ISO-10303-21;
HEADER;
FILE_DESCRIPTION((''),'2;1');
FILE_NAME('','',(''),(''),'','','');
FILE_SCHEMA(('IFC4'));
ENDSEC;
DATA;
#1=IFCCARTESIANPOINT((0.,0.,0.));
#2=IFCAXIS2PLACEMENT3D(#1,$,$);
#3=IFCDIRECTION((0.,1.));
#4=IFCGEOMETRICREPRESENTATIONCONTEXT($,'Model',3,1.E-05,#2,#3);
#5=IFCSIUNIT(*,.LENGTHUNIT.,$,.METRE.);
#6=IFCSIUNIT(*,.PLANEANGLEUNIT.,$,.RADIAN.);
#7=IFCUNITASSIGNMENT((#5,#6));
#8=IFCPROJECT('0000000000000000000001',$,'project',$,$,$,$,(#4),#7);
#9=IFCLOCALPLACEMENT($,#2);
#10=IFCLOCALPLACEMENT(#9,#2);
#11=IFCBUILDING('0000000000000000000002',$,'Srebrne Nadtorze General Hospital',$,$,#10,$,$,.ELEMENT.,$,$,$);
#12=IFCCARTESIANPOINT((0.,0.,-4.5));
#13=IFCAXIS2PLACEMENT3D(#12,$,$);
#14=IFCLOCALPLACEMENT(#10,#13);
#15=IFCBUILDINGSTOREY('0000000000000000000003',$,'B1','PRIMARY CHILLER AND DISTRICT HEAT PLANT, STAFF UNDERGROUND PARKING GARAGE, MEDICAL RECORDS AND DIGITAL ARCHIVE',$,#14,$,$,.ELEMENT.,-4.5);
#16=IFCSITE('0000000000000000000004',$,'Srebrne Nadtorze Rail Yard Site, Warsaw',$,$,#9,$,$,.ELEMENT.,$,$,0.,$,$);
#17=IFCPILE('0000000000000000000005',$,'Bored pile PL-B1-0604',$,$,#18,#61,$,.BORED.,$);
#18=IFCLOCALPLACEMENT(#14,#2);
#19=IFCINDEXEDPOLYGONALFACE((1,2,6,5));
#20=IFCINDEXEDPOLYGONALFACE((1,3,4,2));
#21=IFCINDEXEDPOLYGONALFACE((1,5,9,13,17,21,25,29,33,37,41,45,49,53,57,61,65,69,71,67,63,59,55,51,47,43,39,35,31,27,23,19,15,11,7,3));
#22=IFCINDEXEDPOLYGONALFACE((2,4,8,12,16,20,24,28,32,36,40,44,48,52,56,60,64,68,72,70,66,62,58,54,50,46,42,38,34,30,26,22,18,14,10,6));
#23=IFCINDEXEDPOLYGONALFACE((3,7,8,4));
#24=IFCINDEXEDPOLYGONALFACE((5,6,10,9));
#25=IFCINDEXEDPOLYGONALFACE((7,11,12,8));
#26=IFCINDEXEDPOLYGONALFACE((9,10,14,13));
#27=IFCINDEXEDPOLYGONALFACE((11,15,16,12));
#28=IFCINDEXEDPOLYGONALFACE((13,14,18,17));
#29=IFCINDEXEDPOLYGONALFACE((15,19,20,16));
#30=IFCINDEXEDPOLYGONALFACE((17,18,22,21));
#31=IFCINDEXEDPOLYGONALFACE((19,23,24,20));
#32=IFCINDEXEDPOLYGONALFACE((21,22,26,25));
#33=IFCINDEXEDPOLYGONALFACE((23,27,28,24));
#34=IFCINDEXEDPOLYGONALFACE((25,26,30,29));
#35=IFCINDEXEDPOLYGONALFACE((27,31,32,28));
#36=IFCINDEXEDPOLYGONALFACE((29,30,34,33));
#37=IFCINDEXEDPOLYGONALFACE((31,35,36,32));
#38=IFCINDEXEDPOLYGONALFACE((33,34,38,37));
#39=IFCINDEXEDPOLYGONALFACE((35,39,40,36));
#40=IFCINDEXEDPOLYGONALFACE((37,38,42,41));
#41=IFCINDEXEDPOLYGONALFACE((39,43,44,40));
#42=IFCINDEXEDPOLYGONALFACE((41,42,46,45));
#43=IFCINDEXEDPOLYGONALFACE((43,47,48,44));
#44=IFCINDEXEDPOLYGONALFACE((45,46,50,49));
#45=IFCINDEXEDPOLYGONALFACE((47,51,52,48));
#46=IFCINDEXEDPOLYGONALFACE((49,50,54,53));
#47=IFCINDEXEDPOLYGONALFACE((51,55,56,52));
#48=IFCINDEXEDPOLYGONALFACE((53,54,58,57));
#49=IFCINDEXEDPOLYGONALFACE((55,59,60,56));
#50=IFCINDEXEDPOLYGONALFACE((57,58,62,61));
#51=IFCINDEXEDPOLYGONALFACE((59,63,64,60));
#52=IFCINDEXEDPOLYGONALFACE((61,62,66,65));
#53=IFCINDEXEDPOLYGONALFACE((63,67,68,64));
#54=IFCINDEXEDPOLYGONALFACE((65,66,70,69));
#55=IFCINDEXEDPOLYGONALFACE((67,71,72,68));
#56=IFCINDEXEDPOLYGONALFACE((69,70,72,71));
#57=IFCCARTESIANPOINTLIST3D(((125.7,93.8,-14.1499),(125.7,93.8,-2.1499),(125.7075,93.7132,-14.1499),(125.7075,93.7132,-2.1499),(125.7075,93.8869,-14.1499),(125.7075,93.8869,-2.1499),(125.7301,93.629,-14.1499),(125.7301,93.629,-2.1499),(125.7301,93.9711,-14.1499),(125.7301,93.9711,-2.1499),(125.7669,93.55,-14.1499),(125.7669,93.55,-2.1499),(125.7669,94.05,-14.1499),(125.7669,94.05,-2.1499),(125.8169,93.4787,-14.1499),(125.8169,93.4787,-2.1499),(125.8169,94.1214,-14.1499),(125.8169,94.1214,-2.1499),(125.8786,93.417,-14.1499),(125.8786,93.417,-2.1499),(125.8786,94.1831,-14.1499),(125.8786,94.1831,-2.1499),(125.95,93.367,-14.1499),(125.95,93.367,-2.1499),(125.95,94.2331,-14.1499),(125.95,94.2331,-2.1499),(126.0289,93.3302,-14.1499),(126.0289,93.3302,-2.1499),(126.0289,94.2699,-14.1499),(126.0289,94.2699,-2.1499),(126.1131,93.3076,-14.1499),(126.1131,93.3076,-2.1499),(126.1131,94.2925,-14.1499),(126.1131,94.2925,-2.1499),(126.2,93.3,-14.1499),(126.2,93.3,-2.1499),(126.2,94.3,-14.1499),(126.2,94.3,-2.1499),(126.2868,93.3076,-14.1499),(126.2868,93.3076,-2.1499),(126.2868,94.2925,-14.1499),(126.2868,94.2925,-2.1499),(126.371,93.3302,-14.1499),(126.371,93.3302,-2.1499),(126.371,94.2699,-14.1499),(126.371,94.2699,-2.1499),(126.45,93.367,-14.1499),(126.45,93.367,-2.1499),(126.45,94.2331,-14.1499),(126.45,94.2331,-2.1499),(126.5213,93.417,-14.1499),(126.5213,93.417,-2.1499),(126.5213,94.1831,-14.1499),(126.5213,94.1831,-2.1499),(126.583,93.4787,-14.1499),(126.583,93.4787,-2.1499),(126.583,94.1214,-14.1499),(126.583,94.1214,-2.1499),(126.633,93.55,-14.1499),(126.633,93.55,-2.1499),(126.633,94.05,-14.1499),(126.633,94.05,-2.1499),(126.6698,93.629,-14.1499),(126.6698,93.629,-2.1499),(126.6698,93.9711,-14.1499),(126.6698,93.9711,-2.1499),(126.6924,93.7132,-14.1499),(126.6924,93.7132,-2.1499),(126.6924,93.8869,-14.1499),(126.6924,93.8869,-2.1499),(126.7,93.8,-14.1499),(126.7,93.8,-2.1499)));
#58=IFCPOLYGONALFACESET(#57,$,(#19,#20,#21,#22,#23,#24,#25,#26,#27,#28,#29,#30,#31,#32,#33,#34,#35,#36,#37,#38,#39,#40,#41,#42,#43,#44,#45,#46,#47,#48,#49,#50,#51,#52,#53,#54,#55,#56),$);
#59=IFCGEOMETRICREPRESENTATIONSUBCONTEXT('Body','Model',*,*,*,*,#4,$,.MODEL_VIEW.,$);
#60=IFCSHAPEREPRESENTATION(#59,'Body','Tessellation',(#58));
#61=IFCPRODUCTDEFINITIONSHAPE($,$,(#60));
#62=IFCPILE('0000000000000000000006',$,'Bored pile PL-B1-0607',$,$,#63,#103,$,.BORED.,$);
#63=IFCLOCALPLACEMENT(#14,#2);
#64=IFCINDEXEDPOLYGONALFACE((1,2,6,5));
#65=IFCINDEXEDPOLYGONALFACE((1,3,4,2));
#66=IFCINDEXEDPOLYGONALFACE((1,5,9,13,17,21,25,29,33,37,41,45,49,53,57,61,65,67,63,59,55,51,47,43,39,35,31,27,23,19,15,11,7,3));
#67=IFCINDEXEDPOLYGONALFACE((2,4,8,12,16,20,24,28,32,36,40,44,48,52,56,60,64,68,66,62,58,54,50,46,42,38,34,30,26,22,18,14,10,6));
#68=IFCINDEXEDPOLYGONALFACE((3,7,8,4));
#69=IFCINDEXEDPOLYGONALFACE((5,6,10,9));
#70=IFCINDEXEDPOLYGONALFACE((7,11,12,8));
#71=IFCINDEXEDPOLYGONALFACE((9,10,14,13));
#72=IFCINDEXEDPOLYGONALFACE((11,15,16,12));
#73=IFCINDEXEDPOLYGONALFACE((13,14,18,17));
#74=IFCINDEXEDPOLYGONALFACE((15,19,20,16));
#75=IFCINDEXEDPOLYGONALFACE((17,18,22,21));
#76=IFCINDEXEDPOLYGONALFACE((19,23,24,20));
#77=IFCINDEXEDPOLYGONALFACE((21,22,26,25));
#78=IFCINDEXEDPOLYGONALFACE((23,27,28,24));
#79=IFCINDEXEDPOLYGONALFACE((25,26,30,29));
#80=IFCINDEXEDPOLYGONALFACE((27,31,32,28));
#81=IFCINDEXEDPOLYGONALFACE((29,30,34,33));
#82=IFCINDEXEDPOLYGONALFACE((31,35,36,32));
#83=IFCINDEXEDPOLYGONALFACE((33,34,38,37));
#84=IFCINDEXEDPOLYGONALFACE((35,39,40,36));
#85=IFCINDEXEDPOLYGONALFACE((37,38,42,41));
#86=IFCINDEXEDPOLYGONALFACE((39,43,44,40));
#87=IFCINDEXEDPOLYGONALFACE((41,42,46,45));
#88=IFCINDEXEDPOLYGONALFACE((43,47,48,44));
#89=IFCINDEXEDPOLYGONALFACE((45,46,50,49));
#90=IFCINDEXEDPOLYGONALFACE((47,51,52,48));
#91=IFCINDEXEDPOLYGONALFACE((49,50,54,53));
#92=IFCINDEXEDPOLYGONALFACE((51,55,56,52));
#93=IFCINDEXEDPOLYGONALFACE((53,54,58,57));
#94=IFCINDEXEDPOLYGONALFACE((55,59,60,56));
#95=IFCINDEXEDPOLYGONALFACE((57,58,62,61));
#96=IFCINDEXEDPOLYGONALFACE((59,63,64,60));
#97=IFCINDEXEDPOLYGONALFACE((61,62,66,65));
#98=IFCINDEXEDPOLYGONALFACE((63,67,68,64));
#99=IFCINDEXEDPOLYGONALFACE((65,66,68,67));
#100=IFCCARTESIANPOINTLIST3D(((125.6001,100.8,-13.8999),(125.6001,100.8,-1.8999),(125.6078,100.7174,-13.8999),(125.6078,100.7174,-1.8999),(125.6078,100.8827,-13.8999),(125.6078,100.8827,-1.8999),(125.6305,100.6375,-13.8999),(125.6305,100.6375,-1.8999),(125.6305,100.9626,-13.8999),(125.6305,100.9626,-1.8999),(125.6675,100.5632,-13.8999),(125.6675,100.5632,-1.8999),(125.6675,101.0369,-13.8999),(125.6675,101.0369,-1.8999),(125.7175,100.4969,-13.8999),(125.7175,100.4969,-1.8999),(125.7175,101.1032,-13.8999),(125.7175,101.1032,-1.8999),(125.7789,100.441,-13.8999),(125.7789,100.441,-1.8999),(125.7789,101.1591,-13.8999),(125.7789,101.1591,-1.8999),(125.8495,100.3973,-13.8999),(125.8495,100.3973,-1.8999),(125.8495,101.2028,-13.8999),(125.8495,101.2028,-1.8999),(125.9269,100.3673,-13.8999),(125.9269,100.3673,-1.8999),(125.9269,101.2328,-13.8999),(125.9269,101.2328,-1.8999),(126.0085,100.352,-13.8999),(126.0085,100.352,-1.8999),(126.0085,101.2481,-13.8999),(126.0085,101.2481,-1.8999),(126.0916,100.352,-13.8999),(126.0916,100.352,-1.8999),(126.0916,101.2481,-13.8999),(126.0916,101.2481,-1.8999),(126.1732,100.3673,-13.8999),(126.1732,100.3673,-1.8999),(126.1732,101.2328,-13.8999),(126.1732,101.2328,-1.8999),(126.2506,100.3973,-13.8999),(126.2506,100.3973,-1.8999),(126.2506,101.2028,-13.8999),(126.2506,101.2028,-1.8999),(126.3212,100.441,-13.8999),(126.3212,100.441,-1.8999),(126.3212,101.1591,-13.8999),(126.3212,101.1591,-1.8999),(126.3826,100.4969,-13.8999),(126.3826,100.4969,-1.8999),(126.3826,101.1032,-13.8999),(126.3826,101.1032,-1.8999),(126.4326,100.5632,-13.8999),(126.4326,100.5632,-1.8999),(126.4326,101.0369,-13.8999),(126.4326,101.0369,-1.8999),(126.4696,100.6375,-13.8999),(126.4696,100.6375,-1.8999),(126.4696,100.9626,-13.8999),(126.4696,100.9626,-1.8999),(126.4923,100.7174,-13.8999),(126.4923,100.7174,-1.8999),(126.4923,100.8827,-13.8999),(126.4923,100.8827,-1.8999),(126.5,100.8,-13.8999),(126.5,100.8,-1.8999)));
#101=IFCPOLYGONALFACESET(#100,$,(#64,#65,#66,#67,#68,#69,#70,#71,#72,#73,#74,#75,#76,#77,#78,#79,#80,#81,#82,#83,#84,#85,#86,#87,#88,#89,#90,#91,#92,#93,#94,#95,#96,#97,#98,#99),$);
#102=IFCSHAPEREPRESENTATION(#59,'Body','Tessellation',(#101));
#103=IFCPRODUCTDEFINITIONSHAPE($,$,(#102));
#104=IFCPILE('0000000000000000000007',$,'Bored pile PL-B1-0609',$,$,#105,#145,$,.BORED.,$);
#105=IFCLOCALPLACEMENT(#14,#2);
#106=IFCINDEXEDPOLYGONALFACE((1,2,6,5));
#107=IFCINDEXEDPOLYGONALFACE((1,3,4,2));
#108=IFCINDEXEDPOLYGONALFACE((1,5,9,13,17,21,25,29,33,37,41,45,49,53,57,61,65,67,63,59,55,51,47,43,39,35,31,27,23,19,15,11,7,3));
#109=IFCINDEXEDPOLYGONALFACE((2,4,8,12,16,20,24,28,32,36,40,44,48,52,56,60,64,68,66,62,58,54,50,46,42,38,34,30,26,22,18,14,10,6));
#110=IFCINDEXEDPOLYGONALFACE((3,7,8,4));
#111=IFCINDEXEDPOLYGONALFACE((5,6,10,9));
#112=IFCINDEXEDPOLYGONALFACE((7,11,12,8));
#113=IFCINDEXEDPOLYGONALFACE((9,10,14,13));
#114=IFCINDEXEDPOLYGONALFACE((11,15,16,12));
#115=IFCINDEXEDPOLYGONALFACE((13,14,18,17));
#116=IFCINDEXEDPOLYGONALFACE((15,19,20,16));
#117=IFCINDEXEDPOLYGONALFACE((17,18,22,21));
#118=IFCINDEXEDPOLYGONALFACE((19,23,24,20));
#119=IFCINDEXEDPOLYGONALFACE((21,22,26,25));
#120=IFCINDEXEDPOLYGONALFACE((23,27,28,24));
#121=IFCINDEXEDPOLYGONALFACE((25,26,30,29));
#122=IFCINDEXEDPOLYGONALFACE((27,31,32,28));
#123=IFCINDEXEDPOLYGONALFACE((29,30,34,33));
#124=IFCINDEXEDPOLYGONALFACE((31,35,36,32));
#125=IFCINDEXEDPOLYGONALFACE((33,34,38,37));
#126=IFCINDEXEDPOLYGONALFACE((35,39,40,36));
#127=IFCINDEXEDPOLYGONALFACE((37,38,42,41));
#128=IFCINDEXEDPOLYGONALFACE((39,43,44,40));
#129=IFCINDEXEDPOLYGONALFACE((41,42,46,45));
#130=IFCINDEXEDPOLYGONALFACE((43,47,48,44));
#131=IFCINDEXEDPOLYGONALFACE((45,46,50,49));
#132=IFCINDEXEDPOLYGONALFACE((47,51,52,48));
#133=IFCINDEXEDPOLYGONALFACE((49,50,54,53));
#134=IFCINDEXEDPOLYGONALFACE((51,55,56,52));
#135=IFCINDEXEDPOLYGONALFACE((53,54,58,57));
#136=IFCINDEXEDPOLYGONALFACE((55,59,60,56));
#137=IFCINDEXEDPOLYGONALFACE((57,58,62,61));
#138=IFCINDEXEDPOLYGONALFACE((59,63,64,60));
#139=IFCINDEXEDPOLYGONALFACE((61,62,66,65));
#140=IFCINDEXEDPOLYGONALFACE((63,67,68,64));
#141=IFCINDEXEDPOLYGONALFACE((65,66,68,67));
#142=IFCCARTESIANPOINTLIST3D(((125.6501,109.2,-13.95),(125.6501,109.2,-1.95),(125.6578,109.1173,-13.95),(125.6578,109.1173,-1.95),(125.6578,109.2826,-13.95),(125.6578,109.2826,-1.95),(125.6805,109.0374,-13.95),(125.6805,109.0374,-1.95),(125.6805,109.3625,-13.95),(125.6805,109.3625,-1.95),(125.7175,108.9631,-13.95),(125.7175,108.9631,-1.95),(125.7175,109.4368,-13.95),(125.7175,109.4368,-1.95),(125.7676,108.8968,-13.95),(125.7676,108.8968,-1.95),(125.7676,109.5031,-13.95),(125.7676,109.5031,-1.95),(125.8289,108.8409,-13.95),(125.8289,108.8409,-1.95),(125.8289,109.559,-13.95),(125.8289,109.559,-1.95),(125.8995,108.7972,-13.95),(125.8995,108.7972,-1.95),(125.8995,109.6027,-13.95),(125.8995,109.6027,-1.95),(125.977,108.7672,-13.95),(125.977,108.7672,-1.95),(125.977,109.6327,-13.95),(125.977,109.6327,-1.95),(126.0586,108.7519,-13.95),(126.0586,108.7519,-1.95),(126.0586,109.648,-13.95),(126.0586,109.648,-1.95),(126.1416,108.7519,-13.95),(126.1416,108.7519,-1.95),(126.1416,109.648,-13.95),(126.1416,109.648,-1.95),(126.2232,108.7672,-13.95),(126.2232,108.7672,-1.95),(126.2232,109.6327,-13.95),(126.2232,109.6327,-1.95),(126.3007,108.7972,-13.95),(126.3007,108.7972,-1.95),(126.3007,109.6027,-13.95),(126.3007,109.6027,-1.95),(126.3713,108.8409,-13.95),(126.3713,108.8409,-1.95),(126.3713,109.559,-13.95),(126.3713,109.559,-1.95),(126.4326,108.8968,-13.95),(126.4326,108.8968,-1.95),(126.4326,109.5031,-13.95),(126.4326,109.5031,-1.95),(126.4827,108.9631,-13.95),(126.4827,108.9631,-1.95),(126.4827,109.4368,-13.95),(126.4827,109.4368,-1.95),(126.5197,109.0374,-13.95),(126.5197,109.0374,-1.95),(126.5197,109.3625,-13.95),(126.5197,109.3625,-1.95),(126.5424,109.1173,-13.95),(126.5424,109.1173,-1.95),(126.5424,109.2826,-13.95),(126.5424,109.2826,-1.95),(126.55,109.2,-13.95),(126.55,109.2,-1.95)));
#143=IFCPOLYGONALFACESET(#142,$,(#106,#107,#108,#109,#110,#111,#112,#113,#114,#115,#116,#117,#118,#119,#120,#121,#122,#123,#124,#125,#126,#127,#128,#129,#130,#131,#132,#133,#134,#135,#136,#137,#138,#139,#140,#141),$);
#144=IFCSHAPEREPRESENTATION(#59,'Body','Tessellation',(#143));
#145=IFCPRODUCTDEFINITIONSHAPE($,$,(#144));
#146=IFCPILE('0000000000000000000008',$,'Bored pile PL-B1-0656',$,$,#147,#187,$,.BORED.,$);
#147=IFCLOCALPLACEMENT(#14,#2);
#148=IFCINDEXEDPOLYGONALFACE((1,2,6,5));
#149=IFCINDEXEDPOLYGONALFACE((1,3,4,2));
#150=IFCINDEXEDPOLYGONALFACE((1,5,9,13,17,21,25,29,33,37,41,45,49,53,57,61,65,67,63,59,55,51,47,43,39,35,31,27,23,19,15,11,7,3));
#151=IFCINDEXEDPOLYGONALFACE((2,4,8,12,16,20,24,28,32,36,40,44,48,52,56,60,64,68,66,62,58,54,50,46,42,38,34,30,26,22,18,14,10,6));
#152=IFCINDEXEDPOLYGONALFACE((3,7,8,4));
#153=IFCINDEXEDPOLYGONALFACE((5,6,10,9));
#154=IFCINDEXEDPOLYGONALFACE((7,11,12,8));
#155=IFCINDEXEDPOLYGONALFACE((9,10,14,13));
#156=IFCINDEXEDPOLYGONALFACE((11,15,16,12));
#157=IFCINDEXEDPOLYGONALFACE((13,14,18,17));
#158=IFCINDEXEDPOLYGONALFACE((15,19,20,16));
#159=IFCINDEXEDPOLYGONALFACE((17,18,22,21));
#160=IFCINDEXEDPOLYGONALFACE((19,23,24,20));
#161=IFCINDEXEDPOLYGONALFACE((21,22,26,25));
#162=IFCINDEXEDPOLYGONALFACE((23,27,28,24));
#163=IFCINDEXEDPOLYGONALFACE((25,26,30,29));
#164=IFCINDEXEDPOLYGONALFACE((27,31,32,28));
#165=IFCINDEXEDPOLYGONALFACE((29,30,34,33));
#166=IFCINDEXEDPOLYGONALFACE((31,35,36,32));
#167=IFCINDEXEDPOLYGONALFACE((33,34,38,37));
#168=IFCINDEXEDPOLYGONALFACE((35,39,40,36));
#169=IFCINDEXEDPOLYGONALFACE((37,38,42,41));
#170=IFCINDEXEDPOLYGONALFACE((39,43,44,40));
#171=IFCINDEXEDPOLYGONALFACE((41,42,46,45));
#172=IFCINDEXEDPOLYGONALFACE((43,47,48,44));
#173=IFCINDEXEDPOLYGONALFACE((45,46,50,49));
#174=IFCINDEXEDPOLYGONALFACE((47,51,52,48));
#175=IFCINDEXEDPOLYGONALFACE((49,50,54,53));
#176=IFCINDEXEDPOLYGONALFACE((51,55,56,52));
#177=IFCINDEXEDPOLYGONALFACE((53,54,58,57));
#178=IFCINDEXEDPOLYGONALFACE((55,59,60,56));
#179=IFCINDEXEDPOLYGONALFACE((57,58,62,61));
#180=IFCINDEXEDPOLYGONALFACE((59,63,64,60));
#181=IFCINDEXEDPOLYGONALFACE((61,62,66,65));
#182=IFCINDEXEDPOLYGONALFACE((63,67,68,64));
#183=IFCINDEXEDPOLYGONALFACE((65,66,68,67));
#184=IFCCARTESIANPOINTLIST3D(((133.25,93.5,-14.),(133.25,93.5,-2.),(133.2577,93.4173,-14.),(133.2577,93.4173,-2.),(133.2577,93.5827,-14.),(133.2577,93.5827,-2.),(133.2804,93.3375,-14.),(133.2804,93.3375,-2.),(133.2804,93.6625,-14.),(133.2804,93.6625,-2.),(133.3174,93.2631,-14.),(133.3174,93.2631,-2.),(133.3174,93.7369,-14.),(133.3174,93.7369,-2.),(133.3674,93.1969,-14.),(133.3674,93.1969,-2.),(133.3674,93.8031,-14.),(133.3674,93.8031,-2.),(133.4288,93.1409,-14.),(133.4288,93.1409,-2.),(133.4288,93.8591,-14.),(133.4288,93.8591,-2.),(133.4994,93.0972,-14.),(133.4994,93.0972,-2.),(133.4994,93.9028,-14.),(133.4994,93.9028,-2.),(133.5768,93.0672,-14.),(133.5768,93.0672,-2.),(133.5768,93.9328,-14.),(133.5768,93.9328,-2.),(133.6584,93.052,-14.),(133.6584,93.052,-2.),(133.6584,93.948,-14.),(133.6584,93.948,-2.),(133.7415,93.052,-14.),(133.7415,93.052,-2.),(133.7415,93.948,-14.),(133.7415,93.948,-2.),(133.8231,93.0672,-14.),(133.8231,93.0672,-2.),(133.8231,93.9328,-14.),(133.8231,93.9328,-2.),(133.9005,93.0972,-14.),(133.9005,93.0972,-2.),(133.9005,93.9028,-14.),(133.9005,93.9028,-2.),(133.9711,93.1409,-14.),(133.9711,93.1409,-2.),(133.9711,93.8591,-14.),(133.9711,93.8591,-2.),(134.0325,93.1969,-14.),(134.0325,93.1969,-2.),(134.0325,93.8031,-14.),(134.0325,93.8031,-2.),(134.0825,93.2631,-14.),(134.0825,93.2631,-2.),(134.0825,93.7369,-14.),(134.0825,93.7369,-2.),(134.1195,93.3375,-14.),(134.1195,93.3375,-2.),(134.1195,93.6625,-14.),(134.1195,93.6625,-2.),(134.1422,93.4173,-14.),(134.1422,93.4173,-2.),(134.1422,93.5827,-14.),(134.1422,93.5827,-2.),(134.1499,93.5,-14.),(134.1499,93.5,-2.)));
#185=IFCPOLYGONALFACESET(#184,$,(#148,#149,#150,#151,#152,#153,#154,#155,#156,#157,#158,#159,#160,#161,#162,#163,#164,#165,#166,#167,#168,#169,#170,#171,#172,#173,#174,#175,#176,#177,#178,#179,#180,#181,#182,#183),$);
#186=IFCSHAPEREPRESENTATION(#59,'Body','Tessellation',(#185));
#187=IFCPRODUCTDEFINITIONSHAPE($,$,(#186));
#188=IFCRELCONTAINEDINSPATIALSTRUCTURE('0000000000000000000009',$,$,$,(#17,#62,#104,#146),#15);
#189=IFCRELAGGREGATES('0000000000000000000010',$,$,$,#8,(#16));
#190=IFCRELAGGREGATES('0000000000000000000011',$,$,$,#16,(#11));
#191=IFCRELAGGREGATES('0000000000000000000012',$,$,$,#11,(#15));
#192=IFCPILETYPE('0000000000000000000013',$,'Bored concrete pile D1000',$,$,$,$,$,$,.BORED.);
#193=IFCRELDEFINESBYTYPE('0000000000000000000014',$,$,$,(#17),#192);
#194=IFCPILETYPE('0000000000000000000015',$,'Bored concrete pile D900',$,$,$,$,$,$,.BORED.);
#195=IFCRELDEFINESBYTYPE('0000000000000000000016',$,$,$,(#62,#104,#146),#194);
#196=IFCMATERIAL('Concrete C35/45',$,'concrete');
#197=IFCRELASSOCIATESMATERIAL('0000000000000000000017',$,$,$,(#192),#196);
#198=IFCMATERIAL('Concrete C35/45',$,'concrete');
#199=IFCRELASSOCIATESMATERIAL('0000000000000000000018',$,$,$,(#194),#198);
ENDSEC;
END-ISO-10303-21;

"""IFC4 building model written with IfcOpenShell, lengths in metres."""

from ifc_helpers import new_model, si_unit, direction, frame, origin, origin_2d, place, context, subcontext, project, spatial, circle, extrude, material, material_profile, profile_set, type_object, element, save


model = new_model("IFC4")

# Units and contexts
model_context = context("Model", 3, precision=1e-05, world=origin(), true_north=direction((0.0, 1.0)))
body_context = subcontext(model_context, "Body", "Model", "MODEL_VIEW")
ifc_project = project(units=[si_unit("LENGTHUNIT", "METRE"), si_unit("PLANEANGLEUNIT", "RADIAN")], contexts=[model_context])

# Site, building, storey
site_placement = place(None, origin())
site = spatial("IfcSite", under=ifc_project, at=site_placement, Name="Srebrne Nadtorze Rail Yard Site, Warsaw", CompositionType="ELEMENT", RefElevation=0.0)
building_placement = place(site_placement, origin())
building = spatial("IfcBuilding", under=site, at=building_placement, Name="Srebrne Nadtorze General Hospital", CompositionType="ELEMENT")
storey_placement = place(building_placement, frame((0.0, 0.0, -4.5)))
storey = spatial("IfcBuildingStorey", under=building, at=storey_placement, Name="B1", Description="PRIMARY CHILLER AND DISTRICT HEAT PLANT, STAFF UNDERGROUND PARKING GARAGE, MEDICAL RECORDS AND DIGITAL ARCHIVE", CompositionType="ELEMENT", Elevation=-4.5)

# Piles
ifc_material_1 = material(Name="Concrete C35/45", Category="concrete")
ifc_material_profile_1 = material_profile(ifc_material_1, circle(Radius=0.5, at=origin_2d()), Name="PILE-D1000")
ifc_profile_set_1 = profile_set([ifc_material_profile_1], Name="Concrete C35/45")
pile_type_1 = type_object("IfcPileType", Name="Bored concrete pile D1000", PredefinedType="BORED", material=ifc_profile_set_1)
pile_placement = place(storey_placement, frame((126.2, 93.8, -2.1499), z_axis=(0.0, 0.0, -1.0), x_axis=(1.0, 0.0, 0.0)))
element("IfcPile", 1, at=pile_placement, inside=storey, type_object=pile_type_1, Name="Bored pile PL-B1-0604", PredefinedType="BORED", context=body_context, shape_type="SweptSolid", body=[
    extrude(circle(Radius=0.5, at=origin_2d()), origin(), (0.0, 0.0, 1.0), 12.0),
])
ifc_material_2 = material(Name="Concrete C35/45", Category="concrete")
ifc_material_profile_2 = material_profile(ifc_material_2, circle(Radius=0.45, at=origin_2d()), Name="PILE-D900")
ifc_profile_set_2 = profile_set([ifc_material_profile_2], Name="Concrete C35/45")
pile_type_2 = type_object("IfcPileType", Name="Bored concrete pile D900", PredefinedType="BORED", material=ifc_profile_set_2)
for number, where, z_axis, x_axis, name in (
    (2, (126.05, 100.8, -1.8999), (0.0, 0.0, -1.0), (1.0, 0.0, 0.0), "Bored pile PL-B1-0607"),
    (3, (126.1001, 109.2, -1.95), (0.0, 0.0, -1.0), (1.0, 0.0, 0.0), "Bored pile PL-B1-0609"),
    (4, (133.7, 93.5, -2.0), (0.0, 0.0, -1.0), (1.0, 0.0, 0.0), "Bored pile PL-B1-0656"),
):
    element("IfcPile", number, at=place(storey_placement, frame(where, z_axis=z_axis, x_axis=x_axis)), inside=storey, type_object=pile_type_2, Name=name, PredefinedType="BORED", context=body_context, shape_type="SweptSolid", body=[
        extrude(circle(Radius=0.45, at=origin_2d()), origin(), (0.0, 0.0, 1.0), 12.0),
    ])

save(model, "model.ifc")
